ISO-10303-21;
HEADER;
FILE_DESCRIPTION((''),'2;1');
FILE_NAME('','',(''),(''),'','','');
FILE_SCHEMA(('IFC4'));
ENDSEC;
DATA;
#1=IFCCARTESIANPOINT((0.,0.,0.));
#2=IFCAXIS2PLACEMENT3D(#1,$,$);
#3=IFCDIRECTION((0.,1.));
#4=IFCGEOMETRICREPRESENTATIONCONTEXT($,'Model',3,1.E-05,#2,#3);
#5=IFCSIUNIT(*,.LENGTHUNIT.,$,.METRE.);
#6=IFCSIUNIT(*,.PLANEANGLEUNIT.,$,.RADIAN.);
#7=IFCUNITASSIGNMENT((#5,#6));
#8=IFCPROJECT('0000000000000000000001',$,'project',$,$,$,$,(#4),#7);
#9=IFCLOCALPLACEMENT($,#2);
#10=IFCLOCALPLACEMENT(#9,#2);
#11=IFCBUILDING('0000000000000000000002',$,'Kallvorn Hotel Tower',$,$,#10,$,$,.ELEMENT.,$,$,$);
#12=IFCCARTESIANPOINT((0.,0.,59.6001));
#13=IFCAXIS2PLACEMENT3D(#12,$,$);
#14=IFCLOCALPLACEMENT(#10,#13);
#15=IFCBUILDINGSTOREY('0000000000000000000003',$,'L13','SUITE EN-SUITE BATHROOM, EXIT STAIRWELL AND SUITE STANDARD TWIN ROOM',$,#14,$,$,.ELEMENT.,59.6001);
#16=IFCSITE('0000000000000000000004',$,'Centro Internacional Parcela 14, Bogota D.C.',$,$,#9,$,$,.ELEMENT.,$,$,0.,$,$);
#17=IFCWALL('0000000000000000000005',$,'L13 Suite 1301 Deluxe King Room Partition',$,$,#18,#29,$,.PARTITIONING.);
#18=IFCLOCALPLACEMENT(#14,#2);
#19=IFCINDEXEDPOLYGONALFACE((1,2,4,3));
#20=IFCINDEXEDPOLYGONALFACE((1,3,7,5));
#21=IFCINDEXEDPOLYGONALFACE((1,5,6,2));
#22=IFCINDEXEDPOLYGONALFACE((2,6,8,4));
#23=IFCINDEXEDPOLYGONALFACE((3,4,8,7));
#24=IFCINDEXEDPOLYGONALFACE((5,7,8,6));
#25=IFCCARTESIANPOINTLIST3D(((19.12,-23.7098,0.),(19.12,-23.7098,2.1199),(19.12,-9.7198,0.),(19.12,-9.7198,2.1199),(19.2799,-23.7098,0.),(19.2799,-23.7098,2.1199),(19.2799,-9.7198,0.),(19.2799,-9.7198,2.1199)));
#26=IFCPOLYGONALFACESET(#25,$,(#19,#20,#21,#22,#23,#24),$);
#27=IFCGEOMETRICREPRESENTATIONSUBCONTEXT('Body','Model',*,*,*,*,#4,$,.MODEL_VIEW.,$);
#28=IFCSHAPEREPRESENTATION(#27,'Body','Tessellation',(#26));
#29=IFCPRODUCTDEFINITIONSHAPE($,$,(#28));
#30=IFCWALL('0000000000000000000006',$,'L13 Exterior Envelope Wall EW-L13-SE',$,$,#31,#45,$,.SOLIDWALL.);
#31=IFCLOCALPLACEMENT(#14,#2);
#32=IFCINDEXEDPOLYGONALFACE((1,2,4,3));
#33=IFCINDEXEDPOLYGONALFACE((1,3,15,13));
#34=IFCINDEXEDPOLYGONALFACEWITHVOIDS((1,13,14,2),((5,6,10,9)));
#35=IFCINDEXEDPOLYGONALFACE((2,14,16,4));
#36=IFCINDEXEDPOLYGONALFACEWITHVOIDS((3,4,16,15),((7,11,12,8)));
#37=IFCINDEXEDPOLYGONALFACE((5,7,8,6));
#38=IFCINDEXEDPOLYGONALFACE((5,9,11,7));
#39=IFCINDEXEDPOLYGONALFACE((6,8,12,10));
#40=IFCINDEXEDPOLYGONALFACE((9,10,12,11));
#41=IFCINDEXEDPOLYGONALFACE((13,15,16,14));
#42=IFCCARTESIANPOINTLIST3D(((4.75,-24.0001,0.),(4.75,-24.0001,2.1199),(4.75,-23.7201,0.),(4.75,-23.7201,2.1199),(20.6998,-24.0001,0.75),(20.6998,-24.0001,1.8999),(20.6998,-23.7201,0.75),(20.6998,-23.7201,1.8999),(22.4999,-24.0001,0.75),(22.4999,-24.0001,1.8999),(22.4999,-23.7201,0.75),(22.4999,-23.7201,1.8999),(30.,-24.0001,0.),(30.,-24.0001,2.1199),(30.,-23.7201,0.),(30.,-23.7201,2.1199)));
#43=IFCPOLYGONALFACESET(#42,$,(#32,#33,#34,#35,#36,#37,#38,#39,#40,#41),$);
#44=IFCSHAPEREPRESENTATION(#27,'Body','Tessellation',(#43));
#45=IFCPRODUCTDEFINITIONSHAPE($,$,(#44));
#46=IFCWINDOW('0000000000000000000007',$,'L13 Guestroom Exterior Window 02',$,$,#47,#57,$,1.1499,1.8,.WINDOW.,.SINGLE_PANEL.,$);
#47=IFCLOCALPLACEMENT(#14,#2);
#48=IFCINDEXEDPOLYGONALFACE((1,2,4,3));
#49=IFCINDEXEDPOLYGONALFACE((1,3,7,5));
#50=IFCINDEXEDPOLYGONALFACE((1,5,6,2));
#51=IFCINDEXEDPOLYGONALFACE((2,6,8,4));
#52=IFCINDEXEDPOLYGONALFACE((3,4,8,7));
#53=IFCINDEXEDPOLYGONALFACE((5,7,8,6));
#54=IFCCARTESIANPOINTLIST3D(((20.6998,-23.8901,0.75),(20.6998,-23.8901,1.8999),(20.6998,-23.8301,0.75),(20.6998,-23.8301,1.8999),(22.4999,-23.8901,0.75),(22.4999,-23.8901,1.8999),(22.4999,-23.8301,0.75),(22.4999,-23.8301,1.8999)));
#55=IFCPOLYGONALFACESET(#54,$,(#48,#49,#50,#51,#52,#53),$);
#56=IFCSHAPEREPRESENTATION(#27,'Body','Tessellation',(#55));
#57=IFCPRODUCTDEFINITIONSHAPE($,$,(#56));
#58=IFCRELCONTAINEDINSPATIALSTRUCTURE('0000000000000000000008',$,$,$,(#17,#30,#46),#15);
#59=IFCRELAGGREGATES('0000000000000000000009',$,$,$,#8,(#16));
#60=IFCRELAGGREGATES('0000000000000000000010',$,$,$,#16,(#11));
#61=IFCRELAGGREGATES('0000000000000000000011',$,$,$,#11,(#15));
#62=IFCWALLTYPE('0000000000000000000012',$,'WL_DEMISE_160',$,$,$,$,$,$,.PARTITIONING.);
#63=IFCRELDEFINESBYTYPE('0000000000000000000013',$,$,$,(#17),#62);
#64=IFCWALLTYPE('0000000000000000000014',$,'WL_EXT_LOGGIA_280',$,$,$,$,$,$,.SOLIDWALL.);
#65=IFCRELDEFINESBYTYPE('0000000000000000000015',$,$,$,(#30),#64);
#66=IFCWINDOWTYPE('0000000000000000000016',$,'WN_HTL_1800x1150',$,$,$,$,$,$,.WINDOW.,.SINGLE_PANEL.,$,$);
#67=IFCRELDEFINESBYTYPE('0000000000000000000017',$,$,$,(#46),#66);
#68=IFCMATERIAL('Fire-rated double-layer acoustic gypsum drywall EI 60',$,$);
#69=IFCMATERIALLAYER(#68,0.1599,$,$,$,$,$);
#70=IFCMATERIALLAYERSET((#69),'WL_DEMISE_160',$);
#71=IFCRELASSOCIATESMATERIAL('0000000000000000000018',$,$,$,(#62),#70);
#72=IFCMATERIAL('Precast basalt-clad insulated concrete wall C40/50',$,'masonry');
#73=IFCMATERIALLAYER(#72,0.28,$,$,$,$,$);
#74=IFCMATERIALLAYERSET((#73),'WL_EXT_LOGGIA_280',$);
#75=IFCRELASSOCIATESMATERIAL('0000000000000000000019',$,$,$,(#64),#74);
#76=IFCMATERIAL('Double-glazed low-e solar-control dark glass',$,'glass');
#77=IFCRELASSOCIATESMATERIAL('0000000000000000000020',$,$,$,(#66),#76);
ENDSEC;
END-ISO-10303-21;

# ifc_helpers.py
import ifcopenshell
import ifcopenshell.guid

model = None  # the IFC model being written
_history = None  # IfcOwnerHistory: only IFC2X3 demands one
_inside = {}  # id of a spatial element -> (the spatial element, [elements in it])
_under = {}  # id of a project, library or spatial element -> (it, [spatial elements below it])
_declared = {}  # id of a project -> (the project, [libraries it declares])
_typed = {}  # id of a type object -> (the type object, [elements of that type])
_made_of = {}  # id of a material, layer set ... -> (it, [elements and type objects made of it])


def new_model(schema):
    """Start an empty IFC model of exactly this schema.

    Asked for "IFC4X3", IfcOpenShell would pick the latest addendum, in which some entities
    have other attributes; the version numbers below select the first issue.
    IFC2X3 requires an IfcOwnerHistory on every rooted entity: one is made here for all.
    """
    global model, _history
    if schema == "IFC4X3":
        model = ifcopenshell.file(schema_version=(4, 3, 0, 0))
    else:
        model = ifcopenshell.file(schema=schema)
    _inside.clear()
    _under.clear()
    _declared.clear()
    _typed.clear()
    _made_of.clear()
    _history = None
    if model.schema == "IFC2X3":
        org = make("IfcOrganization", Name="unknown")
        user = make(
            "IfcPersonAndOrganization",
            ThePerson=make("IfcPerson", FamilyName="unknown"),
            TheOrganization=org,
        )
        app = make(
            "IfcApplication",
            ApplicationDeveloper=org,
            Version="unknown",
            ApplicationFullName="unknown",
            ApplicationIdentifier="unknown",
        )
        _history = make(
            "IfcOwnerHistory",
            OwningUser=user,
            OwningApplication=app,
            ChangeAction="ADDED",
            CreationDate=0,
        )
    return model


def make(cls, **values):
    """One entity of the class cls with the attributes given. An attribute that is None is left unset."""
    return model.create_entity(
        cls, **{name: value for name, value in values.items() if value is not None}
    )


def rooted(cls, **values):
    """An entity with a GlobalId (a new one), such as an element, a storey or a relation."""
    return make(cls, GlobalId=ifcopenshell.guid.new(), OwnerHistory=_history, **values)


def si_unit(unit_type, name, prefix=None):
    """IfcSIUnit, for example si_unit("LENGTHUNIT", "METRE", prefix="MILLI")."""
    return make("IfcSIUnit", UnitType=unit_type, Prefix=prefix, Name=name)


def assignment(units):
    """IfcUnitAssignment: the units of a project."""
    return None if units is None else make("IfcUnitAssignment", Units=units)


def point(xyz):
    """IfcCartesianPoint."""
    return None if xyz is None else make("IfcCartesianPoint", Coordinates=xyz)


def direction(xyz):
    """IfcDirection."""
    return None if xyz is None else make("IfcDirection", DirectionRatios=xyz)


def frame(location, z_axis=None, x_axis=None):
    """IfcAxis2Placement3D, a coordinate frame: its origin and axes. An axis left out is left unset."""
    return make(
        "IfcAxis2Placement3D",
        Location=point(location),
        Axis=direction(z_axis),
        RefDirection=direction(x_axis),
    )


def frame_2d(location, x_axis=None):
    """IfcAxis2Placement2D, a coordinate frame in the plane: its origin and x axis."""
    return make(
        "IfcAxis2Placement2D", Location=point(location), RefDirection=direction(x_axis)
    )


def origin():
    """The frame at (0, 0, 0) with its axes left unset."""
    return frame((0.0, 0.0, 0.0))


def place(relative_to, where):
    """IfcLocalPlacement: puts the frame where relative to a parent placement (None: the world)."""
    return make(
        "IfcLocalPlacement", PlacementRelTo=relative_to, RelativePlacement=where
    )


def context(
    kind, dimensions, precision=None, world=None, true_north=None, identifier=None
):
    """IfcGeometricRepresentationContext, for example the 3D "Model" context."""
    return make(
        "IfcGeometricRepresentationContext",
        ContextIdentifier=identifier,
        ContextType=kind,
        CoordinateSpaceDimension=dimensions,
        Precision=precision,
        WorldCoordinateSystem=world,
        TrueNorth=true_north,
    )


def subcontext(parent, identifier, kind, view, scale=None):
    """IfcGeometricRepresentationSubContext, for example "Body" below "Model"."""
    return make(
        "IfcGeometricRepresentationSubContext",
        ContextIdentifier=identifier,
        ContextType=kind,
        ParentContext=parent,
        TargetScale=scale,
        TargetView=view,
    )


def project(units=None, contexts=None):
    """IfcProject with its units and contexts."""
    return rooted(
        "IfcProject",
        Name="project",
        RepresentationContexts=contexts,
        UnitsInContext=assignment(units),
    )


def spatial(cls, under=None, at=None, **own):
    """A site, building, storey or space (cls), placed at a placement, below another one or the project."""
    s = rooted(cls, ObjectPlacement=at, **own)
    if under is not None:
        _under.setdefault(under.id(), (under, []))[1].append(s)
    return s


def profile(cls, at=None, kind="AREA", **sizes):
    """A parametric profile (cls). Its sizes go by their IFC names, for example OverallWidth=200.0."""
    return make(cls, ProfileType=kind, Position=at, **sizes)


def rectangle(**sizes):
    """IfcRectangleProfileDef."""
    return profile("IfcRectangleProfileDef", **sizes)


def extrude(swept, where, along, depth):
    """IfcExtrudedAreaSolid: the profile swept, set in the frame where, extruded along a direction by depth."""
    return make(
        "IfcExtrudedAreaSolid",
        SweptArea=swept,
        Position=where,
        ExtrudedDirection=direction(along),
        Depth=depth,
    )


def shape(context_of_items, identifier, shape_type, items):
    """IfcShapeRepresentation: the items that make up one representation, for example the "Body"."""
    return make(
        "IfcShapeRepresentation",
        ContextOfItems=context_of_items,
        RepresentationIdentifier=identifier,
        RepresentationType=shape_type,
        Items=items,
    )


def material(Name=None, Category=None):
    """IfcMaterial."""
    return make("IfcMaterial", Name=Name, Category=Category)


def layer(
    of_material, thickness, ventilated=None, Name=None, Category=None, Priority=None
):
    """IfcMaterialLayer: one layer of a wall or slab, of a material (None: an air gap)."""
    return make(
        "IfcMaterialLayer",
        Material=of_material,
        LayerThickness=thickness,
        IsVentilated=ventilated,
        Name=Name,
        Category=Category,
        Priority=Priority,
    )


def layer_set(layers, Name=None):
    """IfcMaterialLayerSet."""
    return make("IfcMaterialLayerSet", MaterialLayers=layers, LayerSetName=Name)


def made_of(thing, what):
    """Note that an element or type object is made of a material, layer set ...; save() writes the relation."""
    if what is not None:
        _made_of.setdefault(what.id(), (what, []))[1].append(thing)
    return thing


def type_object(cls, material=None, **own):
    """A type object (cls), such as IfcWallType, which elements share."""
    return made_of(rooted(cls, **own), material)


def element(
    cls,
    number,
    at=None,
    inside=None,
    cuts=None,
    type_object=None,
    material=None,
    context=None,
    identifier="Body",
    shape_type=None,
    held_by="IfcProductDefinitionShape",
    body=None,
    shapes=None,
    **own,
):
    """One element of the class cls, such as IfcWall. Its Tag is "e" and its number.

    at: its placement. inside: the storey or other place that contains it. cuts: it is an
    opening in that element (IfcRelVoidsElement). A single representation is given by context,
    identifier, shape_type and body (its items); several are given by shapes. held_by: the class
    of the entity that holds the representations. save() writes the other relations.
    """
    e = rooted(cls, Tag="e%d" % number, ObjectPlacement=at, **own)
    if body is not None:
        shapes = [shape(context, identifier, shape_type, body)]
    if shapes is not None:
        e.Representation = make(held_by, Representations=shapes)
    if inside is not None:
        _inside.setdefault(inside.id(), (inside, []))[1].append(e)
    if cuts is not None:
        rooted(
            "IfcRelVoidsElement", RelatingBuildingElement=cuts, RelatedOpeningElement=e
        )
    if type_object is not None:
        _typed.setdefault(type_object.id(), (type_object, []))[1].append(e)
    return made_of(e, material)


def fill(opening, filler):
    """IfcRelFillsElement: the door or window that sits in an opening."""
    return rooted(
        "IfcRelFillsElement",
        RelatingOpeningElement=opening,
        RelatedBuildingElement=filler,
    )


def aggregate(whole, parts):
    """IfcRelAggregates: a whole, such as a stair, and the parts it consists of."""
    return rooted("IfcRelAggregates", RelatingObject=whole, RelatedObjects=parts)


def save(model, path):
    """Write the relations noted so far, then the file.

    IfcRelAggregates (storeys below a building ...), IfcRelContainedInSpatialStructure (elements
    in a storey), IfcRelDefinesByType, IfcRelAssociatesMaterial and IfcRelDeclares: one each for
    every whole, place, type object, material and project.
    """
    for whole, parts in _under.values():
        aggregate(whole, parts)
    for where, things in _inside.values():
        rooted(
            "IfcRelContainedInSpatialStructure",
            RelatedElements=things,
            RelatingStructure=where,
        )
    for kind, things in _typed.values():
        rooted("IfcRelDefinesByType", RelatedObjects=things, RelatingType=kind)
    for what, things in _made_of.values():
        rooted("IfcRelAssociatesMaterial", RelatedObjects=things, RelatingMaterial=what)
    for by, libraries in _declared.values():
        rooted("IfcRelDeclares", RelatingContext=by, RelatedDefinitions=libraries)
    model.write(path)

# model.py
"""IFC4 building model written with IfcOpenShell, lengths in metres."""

from ifc_helpers import new_model, si_unit, direction, frame, frame_2d, origin, place, context, subcontext, project, spatial, rectangle, extrude, material, layer, layer_set, type_object, element, fill, save


model = new_model("IFC4")

# Units and contexts
model_context = context("Model", 3, precision=1e-05, world=origin(), true_north=direction((0.0, 1.0)))
body_context = subcontext(model_context, "Body", "Model", "MODEL_VIEW")
ifc_project = project(units=[si_unit("LENGTHUNIT", "METRE"), si_unit("PLANEANGLEUNIT", "RADIAN")], contexts=[model_context])

# Site, building, storey
site_placement = place(None, origin())
site = spatial("IfcSite", under=ifc_project, at=site_placement, Name="Centro Internacional Parcela 14, Bogota D.C.", CompositionType="ELEMENT", RefElevation=0.0)
building_placement = place(site_placement, origin())
building = spatial("IfcBuilding", under=site, at=building_placement, Name="Kallvorn Hotel Tower", CompositionType="ELEMENT")
storey_placement = place(building_placement, frame((0.0, 0.0, 59.6001)))
storey = spatial("IfcBuildingStorey", under=building, at=storey_placement, Name="L13", Description="SUITE EN-SUITE BATHROOM, EXIT STAIRWELL AND SUITE STANDARD TWIN ROOM", CompositionType="ELEMENT", Elevation=59.6001)

# Wall
ifc_material_1 = material(Name="Fire-rated double-layer acoustic gypsum drywall EI 60")
ifc_layer_1 = layer(ifc_material_1, 0.1599)
ifc_layer_set_1 = layer_set([ifc_layer_1], Name="WL_DEMISE_160")
wall_type_1 = type_object("IfcWallType", Name="WL_DEMISE_160", PredefinedType="PARTITIONING", material=ifc_layer_set_1)
wall_1_placement = place(storey_placement, frame((19.2, -23.71, 0.0), z_axis=(0.0, 0.0, 1.0), x_axis=(0.0, 1.0, 0.0)))
element("IfcWall", 1, at=wall_1_placement, inside=storey, type_object=wall_type_1, Name="L13 Suite 1301 Deluxe King Room Partition", PredefinedType="PARTITIONING", context=body_context, shape_type="SweptSolid", body=[
    extrude(rectangle(XDim=13.99, YDim=0.1599, at=frame_2d((6.9951, 0.0))), origin(), (0.0, 0.0, 1.0), 2.1199),
])

# Wall, opening, window
ifc_material_2 = material(Name="Precast basalt-clad insulated concrete wall C40/50", Category="masonry")
ifc_layer_2 = layer(ifc_material_2, 0.28)
ifc_layer_set_2 = layer_set([ifc_layer_2], Name="WL_EXT_LOGGIA_280")
wall_type_2 = type_object("IfcWallType", Name="WL_EXT_LOGGIA_280", PredefinedType="SOLIDWALL", material=ifc_layer_set_2)
wall_2_placement = place(storey_placement, frame((4.75, -23.8601, 0.0), z_axis=(0.0, 0.0, 1.0), x_axis=(1.0, 0.0, 0.0)))
wall_2 = element("IfcWall", 2, at=wall_2_placement, inside=storey, type_object=wall_type_2, Name="L13 Exterior Envelope Wall EW-L13-SE", PredefinedType="SOLIDWALL", context=body_context, shape_type="SweptSolid", body=[
    extrude(rectangle(XDim=25.25, YDim=0.28, at=frame_2d((12.625, 0.0))), origin(), (0.0, 0.0, 1.0), 2.1199),
])
opening_placement = place(wall_2_placement, frame((15.95, 0.0, 0.75)))
opening = element("IfcOpeningElement", 3, at=opening_placement, cuts=wall_2, PredefinedType="OPENING", context=body_context, shape_type="SweptSolid", body=[
    extrude(rectangle(XDim=1.8, YDim=1.1499, at=frame_2d((0.8999, 0.575))), frame((0.0, 0.155, 0.0), z_axis=(0.0, -1.0, 0.0), x_axis=(1.0, 0.0, 0.0)), (0.0, 0.0, 1.0), 0.3101),
])
ifc_material_3 = material(Name="Double-glazed low-e solar-control dark glass", Category="glass")
window_type = type_object("IfcWindowType", Name="WN_HTL_1800x1150", PartitioningType="SINGLE_PANEL", PredefinedType="WINDOW", material=ifc_material_3)
window_placement = place(opening_placement, origin())
window = element("IfcWindow", 4, at=window_placement, inside=storey, type_object=window_type, Name="L13 Guestroom Exterior Window 02", OverallHeight=1.1499, OverallWidth=1.8, PartitioningType="SINGLE_PANEL", PredefinedType="WINDOW", context=body_context, shape_type="SweptSolid", body=[
    extrude(rectangle(XDim=1.8, YDim=1.1499, at=frame_2d((0.8999, 0.575))), frame((0.0, 0.03, 0.0), z_axis=(0.0, -1.0, 0.0), x_axis=(1.0, 0.0, 0.0)), (0.0, 0.0, 1.0), 0.0601),
])
fill(opening, window)

save(model, "model.ifc")
